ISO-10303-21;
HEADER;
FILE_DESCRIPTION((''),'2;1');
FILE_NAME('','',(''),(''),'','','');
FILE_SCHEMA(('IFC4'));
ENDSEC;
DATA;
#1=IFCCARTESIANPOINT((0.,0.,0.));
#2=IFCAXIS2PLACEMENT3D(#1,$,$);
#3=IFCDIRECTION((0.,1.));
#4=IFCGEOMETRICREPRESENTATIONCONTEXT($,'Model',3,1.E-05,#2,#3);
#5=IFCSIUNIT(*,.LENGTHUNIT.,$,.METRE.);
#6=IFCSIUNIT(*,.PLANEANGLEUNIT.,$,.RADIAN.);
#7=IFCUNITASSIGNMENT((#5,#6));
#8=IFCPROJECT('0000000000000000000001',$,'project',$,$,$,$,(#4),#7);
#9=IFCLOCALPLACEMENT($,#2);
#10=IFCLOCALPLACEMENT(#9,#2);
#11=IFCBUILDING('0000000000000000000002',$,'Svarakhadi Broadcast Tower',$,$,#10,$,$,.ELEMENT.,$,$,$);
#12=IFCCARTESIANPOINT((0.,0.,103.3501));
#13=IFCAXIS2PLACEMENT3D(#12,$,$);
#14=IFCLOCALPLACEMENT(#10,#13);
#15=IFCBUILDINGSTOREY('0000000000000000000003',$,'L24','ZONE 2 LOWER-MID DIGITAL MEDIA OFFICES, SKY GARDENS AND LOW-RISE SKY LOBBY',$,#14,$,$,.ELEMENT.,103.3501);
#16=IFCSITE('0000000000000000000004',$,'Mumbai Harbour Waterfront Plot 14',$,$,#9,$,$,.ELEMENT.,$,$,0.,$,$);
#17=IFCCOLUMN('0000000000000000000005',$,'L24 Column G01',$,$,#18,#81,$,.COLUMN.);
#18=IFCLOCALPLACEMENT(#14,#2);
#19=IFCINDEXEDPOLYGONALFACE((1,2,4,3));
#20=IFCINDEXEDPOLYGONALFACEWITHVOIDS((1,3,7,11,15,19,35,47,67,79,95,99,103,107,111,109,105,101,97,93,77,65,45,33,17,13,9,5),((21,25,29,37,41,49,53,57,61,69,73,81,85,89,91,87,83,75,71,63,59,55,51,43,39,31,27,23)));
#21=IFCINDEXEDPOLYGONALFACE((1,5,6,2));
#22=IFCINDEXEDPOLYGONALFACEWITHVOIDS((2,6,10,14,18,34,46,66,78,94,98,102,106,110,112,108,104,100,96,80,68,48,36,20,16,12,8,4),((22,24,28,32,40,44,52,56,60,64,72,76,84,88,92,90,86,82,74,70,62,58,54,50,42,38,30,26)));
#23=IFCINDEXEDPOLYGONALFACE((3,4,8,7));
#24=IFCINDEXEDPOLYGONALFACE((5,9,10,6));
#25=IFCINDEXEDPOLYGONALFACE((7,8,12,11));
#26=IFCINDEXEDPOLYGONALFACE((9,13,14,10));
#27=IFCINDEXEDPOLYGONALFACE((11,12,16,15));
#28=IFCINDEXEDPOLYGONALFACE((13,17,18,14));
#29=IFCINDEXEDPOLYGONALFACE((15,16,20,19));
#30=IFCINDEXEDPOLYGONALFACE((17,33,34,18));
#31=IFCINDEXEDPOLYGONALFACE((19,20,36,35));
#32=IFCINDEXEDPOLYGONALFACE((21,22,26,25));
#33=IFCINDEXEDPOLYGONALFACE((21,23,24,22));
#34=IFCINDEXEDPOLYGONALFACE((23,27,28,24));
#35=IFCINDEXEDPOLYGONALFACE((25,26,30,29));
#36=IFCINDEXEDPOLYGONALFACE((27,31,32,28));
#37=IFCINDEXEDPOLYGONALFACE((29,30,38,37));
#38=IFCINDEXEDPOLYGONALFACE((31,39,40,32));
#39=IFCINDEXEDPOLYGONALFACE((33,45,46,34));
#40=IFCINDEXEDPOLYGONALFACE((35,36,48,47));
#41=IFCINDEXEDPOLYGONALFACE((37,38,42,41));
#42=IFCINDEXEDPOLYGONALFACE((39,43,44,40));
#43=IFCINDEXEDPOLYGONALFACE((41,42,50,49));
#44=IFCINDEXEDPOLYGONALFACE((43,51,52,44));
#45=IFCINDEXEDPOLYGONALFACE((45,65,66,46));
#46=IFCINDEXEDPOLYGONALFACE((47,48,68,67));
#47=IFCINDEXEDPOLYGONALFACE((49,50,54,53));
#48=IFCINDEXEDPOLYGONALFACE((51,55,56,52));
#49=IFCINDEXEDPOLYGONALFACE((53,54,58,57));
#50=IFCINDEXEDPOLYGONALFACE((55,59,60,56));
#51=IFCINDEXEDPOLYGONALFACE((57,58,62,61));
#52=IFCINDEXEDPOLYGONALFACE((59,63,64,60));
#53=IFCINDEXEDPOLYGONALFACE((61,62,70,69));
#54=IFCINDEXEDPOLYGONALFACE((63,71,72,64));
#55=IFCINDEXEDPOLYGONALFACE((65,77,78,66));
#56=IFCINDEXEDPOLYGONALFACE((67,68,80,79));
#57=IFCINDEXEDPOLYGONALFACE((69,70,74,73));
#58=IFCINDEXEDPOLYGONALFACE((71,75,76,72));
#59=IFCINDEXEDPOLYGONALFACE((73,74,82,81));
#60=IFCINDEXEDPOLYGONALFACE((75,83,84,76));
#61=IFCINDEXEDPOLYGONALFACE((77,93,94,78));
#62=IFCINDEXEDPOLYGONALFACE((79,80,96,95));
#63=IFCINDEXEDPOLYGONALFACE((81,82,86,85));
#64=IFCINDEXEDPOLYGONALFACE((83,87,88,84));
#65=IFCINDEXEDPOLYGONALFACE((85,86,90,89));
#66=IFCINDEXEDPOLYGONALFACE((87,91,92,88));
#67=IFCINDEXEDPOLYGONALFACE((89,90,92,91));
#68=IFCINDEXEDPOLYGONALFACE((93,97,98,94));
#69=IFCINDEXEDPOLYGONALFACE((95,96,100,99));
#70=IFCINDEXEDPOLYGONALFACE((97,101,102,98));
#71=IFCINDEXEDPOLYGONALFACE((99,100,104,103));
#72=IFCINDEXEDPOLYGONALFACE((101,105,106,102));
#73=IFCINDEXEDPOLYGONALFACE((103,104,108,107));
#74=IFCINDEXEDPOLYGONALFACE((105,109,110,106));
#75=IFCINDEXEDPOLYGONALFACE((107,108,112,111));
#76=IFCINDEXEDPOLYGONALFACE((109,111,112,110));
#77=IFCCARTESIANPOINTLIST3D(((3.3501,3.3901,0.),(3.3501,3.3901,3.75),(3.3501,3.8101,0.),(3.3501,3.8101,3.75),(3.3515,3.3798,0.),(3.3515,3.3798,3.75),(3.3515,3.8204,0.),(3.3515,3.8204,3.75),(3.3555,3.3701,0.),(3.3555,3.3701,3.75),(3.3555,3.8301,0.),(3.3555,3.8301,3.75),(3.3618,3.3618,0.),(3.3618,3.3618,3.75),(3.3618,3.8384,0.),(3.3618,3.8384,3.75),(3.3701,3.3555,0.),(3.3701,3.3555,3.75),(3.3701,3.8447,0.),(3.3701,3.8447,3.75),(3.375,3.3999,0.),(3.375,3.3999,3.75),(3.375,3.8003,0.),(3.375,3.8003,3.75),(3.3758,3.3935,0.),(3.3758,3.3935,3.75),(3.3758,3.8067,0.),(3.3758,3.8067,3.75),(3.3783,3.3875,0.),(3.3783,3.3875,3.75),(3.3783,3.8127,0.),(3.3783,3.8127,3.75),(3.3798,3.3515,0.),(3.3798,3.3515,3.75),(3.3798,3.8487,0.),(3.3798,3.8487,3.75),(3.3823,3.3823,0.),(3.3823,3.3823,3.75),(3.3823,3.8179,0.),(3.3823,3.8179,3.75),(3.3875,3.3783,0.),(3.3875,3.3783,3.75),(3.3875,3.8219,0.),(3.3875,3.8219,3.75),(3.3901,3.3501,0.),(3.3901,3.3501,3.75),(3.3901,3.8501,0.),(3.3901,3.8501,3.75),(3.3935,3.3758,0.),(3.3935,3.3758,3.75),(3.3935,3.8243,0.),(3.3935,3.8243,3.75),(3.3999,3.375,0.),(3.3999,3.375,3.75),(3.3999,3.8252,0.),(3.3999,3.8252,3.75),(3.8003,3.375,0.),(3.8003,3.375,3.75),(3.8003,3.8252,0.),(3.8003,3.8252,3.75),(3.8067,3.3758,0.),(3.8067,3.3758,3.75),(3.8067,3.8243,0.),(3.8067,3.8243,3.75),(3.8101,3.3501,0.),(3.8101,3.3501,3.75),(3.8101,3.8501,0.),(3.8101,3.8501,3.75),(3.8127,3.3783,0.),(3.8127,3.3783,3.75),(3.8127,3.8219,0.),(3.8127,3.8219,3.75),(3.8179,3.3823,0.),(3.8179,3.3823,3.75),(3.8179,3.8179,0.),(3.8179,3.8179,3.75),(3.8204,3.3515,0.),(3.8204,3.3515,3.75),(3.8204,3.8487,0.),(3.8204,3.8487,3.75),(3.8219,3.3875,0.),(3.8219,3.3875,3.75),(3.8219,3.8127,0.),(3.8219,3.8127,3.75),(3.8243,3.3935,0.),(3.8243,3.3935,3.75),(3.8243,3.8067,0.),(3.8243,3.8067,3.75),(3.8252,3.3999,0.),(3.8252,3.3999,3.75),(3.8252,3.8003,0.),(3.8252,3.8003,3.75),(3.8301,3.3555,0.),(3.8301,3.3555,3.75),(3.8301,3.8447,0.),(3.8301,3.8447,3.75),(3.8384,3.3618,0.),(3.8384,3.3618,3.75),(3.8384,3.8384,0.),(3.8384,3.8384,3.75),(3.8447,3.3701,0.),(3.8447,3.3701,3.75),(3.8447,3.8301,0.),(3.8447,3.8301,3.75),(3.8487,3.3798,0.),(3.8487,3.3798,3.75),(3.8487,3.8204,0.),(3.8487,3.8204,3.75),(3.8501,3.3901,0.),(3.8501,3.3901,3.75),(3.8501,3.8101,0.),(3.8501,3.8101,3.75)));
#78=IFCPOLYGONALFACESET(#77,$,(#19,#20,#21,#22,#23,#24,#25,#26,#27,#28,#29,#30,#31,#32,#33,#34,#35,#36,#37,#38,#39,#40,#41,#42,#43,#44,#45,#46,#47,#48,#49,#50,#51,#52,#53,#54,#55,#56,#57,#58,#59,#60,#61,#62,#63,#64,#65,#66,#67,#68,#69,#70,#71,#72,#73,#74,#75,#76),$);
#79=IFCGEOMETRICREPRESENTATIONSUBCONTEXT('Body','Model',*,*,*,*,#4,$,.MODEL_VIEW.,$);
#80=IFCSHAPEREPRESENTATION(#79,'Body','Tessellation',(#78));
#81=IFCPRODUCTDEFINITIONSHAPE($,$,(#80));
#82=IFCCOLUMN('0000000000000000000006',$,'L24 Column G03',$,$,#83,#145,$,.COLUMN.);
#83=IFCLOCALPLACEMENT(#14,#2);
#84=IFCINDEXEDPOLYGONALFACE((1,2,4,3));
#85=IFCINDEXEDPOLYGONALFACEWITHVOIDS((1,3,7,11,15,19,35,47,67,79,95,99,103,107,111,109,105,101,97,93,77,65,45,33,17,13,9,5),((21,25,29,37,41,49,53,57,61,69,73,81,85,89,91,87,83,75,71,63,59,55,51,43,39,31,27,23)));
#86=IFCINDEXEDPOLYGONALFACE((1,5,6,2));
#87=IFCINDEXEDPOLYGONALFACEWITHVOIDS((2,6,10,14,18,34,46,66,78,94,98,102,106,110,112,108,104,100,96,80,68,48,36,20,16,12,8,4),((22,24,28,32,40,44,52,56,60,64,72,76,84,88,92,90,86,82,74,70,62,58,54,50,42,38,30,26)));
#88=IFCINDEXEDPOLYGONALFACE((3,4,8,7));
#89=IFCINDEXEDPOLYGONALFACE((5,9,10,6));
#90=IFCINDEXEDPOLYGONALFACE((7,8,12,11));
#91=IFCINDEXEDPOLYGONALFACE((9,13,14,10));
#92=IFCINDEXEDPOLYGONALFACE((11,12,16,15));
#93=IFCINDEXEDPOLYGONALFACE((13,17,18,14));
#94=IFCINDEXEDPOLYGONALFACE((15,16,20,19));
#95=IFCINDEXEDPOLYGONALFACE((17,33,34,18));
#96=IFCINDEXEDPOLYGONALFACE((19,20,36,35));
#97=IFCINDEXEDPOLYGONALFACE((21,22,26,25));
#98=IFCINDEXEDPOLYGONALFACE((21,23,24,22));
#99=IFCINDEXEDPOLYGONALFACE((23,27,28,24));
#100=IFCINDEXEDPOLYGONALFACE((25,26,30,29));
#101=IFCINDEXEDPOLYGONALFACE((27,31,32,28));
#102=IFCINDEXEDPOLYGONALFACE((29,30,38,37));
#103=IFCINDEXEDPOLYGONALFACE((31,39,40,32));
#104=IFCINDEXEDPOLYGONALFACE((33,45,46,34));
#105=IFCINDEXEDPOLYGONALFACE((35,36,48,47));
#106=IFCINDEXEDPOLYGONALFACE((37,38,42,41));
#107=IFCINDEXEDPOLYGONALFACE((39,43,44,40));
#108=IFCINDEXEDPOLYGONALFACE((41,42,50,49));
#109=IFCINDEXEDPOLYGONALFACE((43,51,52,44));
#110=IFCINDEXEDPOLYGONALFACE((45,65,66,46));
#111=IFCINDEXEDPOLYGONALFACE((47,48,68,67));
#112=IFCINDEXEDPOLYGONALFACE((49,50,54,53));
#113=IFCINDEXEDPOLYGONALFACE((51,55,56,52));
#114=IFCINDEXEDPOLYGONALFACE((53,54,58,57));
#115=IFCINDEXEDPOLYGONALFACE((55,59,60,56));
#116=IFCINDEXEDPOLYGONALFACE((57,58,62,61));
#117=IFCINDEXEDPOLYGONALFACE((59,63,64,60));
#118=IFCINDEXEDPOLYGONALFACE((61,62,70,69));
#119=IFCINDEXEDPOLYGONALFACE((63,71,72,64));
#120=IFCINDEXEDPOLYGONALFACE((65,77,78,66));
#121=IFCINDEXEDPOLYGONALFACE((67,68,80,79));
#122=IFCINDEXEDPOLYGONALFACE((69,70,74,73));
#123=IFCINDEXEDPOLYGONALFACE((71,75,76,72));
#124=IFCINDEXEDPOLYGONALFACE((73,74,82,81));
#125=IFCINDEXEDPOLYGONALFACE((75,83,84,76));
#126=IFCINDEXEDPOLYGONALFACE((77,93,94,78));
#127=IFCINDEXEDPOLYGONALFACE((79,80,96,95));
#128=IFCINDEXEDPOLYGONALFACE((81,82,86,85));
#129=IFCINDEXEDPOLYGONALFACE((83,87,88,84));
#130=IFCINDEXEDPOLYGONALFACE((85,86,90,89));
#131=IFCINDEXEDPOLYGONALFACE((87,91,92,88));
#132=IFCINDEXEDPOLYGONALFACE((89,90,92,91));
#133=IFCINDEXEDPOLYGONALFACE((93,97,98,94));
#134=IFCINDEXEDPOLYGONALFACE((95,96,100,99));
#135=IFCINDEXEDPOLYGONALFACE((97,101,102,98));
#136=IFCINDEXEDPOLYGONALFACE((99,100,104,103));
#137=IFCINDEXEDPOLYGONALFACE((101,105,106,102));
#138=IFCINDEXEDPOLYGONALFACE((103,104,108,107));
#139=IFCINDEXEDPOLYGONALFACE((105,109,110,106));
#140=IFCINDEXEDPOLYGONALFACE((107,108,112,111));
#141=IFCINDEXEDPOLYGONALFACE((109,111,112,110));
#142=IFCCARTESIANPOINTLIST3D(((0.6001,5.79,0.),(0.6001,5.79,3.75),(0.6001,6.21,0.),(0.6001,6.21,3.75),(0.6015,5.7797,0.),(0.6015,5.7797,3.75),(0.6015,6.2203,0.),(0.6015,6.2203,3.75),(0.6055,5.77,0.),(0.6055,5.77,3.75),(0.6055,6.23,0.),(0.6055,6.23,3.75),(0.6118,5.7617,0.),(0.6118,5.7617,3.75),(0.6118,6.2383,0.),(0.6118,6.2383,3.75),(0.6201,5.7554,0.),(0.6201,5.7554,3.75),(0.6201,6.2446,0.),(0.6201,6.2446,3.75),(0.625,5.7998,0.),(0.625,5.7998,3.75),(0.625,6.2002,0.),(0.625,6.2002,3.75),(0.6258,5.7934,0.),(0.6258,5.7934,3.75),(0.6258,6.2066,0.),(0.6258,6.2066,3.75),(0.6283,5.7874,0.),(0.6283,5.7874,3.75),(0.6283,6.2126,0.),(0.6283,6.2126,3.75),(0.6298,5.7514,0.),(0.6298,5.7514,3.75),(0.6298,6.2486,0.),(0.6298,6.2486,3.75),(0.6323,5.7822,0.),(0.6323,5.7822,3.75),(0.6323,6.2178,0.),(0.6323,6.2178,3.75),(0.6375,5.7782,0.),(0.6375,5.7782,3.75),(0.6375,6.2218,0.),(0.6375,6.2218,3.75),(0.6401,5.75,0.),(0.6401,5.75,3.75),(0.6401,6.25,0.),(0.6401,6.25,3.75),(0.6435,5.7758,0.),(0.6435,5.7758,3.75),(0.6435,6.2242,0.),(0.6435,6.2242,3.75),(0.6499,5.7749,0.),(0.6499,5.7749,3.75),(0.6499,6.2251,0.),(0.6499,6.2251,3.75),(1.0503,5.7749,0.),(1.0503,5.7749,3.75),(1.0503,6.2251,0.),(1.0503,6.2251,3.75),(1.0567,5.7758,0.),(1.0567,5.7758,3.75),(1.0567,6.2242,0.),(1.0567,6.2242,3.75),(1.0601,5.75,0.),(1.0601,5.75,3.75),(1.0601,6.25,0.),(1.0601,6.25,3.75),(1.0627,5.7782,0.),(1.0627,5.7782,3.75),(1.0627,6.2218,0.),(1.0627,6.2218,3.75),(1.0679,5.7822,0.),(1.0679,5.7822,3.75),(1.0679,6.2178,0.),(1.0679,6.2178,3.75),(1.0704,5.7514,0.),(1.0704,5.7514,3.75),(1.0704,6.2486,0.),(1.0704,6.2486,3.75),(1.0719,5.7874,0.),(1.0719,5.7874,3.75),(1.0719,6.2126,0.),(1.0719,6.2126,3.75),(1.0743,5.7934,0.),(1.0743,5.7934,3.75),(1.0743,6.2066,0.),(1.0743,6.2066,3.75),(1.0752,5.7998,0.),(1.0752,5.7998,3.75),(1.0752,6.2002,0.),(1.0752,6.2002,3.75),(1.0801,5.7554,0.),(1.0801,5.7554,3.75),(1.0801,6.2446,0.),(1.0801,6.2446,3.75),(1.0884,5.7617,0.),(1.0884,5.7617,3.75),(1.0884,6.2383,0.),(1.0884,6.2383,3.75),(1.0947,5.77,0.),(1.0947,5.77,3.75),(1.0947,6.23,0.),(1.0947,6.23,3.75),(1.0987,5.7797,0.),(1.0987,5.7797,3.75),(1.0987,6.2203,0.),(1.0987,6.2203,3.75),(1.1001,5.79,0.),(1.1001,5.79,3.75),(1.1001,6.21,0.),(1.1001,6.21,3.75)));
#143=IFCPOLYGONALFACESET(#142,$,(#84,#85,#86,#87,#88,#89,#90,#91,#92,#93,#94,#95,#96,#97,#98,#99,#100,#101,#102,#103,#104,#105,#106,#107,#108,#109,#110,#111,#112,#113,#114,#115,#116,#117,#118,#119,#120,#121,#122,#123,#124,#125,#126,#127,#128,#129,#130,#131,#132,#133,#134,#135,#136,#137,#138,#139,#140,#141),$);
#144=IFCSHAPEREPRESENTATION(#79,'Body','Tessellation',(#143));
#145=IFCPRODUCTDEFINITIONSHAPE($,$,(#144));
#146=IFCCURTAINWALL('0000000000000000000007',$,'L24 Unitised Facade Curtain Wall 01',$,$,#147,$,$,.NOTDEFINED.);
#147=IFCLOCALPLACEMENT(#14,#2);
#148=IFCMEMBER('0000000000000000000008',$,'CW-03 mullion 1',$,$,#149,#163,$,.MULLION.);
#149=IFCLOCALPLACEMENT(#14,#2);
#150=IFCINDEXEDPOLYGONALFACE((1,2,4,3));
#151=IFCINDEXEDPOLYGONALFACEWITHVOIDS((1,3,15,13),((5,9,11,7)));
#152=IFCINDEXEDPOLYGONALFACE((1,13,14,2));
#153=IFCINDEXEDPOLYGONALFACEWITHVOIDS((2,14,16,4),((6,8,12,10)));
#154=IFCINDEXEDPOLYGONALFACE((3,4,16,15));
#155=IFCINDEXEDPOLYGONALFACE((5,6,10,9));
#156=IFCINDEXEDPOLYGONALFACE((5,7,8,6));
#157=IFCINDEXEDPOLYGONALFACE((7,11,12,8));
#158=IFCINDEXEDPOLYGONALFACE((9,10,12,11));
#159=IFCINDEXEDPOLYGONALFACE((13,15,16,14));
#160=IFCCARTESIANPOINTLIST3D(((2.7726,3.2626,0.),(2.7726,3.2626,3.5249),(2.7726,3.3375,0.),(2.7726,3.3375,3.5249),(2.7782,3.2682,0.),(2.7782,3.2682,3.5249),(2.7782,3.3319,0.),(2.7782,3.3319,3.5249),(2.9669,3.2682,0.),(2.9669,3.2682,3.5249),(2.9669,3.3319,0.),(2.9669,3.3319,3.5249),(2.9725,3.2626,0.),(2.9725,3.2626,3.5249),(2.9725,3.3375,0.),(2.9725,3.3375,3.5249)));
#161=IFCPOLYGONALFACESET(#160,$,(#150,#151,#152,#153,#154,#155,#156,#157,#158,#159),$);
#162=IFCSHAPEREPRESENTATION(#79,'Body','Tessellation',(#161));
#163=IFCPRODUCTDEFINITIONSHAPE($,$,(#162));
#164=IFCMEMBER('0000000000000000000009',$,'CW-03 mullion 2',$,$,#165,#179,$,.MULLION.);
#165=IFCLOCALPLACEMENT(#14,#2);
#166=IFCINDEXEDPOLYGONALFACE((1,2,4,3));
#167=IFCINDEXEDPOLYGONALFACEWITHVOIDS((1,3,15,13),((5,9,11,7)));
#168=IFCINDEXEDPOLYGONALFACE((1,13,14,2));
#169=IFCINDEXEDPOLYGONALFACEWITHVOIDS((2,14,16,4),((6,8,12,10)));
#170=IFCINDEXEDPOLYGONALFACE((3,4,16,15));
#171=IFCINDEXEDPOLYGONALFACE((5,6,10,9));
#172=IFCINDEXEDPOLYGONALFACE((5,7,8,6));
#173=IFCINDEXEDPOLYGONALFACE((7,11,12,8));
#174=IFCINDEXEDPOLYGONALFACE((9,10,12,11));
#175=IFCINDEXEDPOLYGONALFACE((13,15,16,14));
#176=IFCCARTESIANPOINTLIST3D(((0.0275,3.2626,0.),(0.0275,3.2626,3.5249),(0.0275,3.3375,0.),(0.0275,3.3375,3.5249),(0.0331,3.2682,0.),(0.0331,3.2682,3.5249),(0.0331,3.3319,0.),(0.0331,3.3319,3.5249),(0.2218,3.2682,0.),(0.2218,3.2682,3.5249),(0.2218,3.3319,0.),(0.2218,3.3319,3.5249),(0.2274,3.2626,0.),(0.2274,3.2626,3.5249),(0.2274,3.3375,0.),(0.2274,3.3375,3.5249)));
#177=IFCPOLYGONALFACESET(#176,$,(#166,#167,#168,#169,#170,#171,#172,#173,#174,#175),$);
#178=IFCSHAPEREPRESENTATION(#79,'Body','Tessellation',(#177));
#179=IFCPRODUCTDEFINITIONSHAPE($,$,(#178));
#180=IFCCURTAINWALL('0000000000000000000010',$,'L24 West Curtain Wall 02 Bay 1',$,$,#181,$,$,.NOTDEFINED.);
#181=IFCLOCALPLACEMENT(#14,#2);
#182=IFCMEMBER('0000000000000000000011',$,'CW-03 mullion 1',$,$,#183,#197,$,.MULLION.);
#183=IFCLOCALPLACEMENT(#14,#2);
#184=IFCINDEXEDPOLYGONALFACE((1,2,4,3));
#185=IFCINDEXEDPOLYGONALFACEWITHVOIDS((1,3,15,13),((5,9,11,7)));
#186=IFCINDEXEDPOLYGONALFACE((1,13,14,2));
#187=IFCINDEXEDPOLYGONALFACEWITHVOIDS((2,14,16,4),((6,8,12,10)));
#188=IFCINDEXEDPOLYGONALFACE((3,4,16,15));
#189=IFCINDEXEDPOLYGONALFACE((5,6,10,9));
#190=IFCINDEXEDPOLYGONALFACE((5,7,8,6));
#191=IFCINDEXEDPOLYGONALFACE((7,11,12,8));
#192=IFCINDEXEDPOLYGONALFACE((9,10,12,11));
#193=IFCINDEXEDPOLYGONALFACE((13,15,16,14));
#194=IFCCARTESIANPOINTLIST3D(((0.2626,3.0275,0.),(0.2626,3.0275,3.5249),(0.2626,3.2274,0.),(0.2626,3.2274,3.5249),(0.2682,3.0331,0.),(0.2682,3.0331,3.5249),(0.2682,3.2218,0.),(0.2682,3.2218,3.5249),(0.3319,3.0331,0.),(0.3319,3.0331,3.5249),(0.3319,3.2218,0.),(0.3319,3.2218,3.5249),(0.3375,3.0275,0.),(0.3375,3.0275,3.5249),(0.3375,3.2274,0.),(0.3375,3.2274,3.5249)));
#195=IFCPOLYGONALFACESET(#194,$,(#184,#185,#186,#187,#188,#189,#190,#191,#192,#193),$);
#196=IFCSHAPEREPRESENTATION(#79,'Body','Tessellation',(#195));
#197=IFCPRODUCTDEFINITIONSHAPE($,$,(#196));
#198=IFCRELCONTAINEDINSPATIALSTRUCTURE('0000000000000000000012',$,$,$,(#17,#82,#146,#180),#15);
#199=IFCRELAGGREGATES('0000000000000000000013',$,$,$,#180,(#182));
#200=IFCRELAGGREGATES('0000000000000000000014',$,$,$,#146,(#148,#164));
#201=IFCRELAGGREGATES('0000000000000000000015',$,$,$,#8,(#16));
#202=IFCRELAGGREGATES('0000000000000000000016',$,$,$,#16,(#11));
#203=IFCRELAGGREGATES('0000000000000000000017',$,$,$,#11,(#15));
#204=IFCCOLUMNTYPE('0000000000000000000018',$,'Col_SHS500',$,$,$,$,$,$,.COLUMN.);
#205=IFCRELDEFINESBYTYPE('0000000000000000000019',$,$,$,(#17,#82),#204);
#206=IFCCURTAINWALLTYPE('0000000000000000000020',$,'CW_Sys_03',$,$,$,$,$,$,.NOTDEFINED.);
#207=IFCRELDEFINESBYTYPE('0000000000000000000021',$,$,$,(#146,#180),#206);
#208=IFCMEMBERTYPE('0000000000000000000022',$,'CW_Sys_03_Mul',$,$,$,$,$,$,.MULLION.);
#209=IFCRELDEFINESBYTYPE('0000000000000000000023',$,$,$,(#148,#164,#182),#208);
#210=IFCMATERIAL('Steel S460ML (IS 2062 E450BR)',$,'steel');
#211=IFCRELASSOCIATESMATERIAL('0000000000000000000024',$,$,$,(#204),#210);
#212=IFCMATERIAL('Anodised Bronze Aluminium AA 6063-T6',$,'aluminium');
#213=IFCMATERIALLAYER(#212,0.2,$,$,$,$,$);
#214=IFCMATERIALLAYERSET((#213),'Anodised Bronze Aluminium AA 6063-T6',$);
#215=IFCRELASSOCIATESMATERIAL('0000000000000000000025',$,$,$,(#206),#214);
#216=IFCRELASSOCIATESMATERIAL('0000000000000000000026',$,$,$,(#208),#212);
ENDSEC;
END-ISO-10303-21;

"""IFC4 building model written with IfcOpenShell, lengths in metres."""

from ifc_helpers import new_model, si_unit, direction, frame, origin, origin_2d, place, context, subcontext, project, spatial, hollow_rectangle, extrude, material, layer, layer_set, material_profile, profile_set, type_object, element, aggregate, save


model = new_model("IFC4")

# Units and contexts
model_context = context("Model", 3, precision=1e-05, world=origin(), true_north=direction((0.0, 1.0)))
body_context = subcontext(model_context, "Body", "Model", "MODEL_VIEW")
ifc_project = project(units=[si_unit("LENGTHUNIT", "METRE"), si_unit("PLANEANGLEUNIT", "RADIAN")], contexts=[model_context])

# Site, building, storey
site_placement = place(None, origin())
site = spatial("IfcSite", under=ifc_project, at=site_placement, Name="Mumbai Harbour Waterfront Plot 14", CompositionType="ELEMENT", RefElevation=0.0)
building_placement = place(site_placement, origin())
building = spatial("IfcBuilding", under=site, at=building_placement, Name="Svarakhadi Broadcast Tower", CompositionType="ELEMENT")
storey_placement = place(building_placement, frame((0.0, 0.0, 103.3501)))
storey = spatial("IfcBuildingStorey", under=building, at=storey_placement, Name="L24", Description="ZONE 2 LOWER-MID DIGITAL MEDIA OFFICES, SKY GARDENS AND LOW-RISE SKY LOBBY", CompositionType="ELEMENT", Elevation=103.3501)

# Columns
ifc_material_1 = material(Name="Steel S460ML (IS 2062 E450BR)", Category="steel")
ifc_material_profile_1 = material_profile(ifc_material_1, hollow_rectangle(XDim=0.5, YDim=0.5, WallThickness=0.0249, InnerFilletRadius=0.0249, OuterFilletRadius=0.04, at=origin_2d()), Name="SHS 500x500x25")
ifc_profile_set_1 = profile_set([ifc_material_profile_1], Name="Steel S460ML (IS 2062 E450BR)")
column_type = type_object("IfcColumnType", Name="Col_SHS500", PredefinedType="COLUMN", material=ifc_profile_set_1)
for number, where, z_axis, x_axis, name in (
    (1, (3.6001, 3.6001, 0.0), (0.0, 0.0, 1.0), (1.0, 0.0, 0.0), "L24 Column G01"),
    (2, (0.8501, 6.0, 0.0), (0.0, 0.0, 1.0), (1.0, 0.0, 0.0), "L24 Column G03"),
):
    element("IfcColumn", number, at=place(storey_placement, frame(where, z_axis=z_axis, x_axis=x_axis)), inside=storey, type_object=column_type, Name=name, PredefinedType="COLUMN", context=body_context, shape_type="SweptSolid", body=[
        extrude(hollow_rectangle(XDim=0.5, YDim=0.5, WallThickness=0.0249, InnerFilletRadius=0.0249, OuterFilletRadius=0.04, at=origin_2d()), origin(), (0.0, 0.0, 1.0), 3.75),
    ])

# Curtain wall, members
ifc_material_2 = material(Name="Anodised Bronze Aluminium AA 6063-T6", Category="aluminium")
ifc_layer_1 = layer(ifc_material_2, 0.2)
ifc_layer_set_1 = layer_set([ifc_layer_1], Name="Anodised Bronze Aluminium AA 6063-T6")
curtain_wall_type = type_object("IfcCurtainWallType", Name="CW_Sys_03", PredefinedType="NOTDEFINED", material=ifc_layer_set_1)
curtain_wall_1_placement = place(storey_placement, origin())
curtain_wall_1 = element("IfcCurtainWall", 3, at=curtain_wall_1_placement, inside=storey, type_object=curtain_wall_type, Name="L24 Unitised Facade Curtain Wall 01", PredefinedType="NOTDEFINED")
ifc_material_profile_2 = material_profile(ifc_material_2, hollow_rectangle(XDim=0.075, YDim=0.2, WallThickness=0.0056, at=origin_2d()), Name="ALU MULLION 200x75x6")
ifc_profile_set_2 = profile_set([ifc_material_profile_2], Name="Anodised Bronze Aluminium AA 6063-T6")
member_type_1 = type_object("IfcMemberType", Name="CW_Sys_03_Mul", PredefinedType="MULLION", material=ifc_profile_set_2)
member_1_placement = place(storey_placement, frame((2.8726, 3.3, 0.0), z_axis=(0.0, 0.0, 1.0), x_axis=(0.0, -1.0, 0.0)))
member_1 = element("IfcMember", 4, at=member_1_placement, type_object=member_type_1, Name="CW-03 mullion 1", PredefinedType="MULLION", context=body_context, shape_type="SweptSolid", body=[
    extrude(hollow_rectangle(XDim=0.075, YDim=0.2, WallThickness=0.0056, at=origin_2d()), origin(), (0.0, 0.0, 1.0), 3.5249),
])
member_2_placement = place(storey_placement, frame((0.1274, 3.3, 0.0), z_axis=(0.0, 0.0, 1.0), x_axis=(0.0, -1.0, 0.0)))
member_2 = element("IfcMember", 5, at=member_2_placement, type_object=member_type_1, Name="CW-03 mullion 2", PredefinedType="MULLION", context=body_context, shape_type="SweptSolid", body=[
    extrude(hollow_rectangle(XDim=0.075, YDim=0.2, WallThickness=0.0056, at=origin_2d()), origin(), (0.0, 0.0, 1.0), 3.5249),
])

# Curtain wall, member
curtain_wall_2_placement = place(storey_placement, origin())
curtain_wall_2 = element("IfcCurtainWall", 6, at=curtain_wall_2_placement, inside=storey, type_object=curtain_wall_type, Name="L24 West Curtain Wall 02 Bay 1", PredefinedType="NOTDEFINED")
member_3_placement = place(storey_placement, frame((0.3, 3.1274, 0.0), z_axis=(0.0, 0.0, 1.0), x_axis=(-1.0, 0.0, 0.0)))
member_3 = element("IfcMember", 7, at=member_3_placement, type_object=member_type_1, Name="CW-03 mullion 1", PredefinedType="MULLION", context=body_context, shape_type="SweptSolid", body=[
    extrude(hollow_rectangle(XDim=0.075, YDim=0.2, WallThickness=0.0056, at=origin_2d()), origin(), (0.0, 0.0, 1.0), 3.5249),
])

aggregate(curtain_wall_2, [member_3])

aggregate(curtain_wall_1, [member_1, member_2])

save(model, "model.ifc")
